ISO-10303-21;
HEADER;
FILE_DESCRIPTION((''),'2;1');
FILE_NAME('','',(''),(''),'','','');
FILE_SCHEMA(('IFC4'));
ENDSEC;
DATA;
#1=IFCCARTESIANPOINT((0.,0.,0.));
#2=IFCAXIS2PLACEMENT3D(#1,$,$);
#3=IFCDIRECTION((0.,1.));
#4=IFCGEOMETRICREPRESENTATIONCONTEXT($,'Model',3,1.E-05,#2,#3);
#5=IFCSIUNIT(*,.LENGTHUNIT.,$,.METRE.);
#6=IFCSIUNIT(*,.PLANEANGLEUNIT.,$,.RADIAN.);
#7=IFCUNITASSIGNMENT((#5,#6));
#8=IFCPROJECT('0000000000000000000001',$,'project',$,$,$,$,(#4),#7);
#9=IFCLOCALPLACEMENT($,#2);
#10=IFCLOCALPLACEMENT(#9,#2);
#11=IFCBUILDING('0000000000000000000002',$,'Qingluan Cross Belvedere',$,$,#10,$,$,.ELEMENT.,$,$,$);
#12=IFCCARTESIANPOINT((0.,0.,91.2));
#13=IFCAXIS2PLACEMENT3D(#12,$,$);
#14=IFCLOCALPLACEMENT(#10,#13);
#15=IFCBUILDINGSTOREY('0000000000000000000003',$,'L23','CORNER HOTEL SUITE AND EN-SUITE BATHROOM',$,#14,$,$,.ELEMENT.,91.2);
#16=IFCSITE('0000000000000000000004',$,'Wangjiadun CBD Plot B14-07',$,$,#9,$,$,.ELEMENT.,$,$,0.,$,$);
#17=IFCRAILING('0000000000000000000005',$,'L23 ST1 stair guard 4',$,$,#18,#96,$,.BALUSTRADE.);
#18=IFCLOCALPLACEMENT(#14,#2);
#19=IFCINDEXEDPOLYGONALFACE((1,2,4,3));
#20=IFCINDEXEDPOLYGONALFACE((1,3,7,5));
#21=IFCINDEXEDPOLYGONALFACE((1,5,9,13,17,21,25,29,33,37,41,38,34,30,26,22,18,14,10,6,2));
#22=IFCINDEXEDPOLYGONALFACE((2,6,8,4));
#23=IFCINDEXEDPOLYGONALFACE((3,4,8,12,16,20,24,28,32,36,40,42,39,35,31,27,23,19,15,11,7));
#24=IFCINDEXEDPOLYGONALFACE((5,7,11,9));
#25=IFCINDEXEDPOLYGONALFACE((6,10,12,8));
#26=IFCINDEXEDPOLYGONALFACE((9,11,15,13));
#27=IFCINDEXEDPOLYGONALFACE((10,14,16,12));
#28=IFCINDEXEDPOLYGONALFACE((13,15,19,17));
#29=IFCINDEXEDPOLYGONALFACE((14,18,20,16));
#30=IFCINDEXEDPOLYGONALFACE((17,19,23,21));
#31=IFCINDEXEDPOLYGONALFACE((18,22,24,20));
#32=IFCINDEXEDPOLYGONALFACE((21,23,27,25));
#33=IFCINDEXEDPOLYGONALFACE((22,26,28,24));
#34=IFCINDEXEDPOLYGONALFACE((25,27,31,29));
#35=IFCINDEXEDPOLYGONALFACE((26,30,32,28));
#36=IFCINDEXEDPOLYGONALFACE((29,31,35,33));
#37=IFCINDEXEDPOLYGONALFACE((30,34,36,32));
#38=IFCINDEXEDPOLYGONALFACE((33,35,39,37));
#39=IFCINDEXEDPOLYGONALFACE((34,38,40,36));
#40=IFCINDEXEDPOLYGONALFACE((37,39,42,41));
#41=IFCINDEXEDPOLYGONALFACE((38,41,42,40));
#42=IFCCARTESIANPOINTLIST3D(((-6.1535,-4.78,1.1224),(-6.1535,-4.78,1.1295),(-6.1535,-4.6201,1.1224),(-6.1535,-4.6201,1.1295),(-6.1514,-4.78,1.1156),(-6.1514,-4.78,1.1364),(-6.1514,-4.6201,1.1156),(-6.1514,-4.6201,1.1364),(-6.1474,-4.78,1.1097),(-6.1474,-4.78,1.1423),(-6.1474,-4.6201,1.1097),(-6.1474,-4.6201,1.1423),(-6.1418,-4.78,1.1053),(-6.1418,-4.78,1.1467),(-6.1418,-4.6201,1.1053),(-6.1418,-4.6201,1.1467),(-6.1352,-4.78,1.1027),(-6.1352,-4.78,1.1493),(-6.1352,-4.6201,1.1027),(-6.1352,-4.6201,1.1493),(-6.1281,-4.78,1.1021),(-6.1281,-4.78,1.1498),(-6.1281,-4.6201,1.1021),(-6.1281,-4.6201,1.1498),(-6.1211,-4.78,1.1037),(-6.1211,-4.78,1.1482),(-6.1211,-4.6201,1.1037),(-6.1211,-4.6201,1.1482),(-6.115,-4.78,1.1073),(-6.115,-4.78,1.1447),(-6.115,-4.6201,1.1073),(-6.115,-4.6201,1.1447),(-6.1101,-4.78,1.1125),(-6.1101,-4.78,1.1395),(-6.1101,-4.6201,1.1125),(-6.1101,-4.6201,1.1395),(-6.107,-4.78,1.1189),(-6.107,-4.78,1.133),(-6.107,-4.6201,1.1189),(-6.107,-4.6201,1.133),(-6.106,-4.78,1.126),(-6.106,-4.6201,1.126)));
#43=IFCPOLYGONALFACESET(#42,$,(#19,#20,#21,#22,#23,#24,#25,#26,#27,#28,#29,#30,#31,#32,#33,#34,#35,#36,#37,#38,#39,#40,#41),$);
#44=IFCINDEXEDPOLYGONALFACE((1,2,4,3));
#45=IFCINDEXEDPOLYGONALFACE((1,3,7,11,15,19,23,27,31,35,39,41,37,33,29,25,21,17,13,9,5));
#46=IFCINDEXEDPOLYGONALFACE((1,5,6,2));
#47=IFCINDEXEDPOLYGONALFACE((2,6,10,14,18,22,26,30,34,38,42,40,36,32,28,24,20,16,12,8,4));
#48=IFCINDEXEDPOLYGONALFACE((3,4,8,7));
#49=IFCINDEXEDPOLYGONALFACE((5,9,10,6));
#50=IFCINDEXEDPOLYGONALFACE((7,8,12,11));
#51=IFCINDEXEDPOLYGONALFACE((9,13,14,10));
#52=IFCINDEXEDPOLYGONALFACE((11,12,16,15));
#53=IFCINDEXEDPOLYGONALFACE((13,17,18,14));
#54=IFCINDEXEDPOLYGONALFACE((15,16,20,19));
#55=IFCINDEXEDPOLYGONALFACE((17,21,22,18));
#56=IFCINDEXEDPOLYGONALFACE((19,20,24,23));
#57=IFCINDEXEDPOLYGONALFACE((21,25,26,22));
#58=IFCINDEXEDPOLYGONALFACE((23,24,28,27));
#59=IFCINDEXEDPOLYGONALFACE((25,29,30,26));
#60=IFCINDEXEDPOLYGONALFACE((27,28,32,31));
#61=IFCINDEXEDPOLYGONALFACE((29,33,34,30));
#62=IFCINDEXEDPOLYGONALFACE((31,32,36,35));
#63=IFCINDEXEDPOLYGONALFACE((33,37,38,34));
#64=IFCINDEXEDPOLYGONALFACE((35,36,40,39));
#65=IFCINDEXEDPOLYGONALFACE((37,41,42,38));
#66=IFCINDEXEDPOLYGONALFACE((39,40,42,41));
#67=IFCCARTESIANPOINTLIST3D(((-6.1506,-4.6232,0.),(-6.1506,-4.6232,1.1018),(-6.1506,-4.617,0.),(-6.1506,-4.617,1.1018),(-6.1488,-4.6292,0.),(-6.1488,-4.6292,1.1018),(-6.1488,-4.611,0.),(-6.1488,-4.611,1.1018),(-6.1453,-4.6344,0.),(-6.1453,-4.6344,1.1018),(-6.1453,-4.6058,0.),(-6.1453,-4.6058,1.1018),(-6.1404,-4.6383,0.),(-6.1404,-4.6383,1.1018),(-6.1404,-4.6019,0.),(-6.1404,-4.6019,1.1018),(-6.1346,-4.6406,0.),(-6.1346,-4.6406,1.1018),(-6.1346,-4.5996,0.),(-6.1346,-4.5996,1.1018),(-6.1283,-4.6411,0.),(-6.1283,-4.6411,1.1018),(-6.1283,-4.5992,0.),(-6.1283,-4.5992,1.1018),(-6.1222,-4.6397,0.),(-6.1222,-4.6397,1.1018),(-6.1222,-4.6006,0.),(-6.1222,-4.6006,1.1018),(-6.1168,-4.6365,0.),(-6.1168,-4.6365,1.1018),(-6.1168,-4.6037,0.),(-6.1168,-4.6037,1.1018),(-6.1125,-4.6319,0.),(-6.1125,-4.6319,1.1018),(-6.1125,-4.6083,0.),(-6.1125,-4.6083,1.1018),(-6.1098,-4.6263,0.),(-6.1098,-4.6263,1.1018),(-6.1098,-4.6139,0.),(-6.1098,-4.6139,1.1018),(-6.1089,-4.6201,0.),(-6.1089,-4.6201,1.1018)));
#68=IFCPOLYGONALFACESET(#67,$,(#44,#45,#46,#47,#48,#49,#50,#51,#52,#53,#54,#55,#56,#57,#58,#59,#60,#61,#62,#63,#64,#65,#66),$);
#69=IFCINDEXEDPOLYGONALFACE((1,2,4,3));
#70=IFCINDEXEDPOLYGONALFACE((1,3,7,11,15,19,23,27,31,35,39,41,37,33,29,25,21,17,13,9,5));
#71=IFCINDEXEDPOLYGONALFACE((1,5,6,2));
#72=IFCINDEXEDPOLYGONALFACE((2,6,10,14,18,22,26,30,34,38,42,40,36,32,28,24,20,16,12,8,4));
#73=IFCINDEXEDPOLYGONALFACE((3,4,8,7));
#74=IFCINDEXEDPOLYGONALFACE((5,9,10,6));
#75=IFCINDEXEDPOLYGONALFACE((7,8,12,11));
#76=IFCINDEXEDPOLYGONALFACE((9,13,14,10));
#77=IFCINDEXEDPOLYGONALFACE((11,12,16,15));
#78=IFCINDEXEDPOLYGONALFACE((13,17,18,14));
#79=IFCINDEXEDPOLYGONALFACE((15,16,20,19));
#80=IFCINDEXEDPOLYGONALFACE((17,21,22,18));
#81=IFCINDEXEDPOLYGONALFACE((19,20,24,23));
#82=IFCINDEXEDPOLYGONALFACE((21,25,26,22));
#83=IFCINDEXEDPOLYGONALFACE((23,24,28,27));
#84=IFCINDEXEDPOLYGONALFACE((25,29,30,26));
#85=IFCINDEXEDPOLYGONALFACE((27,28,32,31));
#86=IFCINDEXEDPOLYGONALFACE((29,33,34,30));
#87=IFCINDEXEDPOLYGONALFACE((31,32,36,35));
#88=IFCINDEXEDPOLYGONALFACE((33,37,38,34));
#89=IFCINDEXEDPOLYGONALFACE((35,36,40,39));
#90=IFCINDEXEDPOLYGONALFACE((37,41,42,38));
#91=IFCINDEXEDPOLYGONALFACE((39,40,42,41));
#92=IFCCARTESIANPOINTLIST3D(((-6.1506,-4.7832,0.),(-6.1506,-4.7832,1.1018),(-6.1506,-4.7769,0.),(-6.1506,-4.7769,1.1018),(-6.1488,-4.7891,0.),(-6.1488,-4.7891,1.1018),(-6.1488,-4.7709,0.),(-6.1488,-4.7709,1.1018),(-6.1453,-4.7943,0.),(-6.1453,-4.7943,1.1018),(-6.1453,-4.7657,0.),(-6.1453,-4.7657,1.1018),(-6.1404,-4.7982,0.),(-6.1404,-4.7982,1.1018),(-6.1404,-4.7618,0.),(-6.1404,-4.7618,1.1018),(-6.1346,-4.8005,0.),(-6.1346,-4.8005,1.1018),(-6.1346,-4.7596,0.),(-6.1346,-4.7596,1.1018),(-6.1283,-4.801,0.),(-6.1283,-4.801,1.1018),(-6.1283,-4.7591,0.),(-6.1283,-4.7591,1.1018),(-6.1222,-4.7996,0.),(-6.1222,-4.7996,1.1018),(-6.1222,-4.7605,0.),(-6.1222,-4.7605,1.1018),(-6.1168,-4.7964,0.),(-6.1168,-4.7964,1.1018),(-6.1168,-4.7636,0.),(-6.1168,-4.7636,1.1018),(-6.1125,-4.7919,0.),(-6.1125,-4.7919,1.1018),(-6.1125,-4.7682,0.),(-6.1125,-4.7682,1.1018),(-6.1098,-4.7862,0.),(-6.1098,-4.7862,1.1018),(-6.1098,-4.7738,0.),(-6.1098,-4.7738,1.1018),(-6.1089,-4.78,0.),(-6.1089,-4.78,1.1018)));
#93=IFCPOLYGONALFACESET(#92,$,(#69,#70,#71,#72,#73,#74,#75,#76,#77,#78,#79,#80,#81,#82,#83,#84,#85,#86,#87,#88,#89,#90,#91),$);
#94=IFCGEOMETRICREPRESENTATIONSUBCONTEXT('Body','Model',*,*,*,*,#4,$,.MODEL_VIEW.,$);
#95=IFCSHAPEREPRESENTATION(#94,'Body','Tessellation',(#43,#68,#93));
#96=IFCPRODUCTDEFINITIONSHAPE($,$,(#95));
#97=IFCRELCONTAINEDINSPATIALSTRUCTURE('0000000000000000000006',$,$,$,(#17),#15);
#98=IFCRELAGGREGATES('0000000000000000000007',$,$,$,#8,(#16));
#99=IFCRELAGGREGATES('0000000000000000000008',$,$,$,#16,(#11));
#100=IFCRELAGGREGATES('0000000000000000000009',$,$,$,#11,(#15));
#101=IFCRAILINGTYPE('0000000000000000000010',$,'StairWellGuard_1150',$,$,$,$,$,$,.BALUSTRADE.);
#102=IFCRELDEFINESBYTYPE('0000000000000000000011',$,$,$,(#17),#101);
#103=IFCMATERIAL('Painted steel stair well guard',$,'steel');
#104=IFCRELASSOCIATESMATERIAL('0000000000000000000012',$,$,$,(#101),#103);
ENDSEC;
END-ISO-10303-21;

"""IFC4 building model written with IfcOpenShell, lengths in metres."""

from ifc_helpers import new_model, si_unit, direction, frame, origin, origin_2d, place, context, subcontext, project, spatial, circle, extrude, material, type_object, element, save


model = new_model("IFC4")

# Units and contexts
model_context = context("Model", 3, precision=1e-05, world=origin(), true_north=direction((0.0, 1.0)))
body_context = subcontext(model_context, "Body", "Model", "MODEL_VIEW")
ifc_project = project(units=[si_unit("LENGTHUNIT", "METRE"), si_unit("PLANEANGLEUNIT", "RADIAN")], contexts=[model_context])

# Site, building, storey
site_placement = place(None, origin())
site = spatial("IfcSite", under=ifc_project, at=site_placement, Name="Wangjiadun CBD Plot B14-07", CompositionType="ELEMENT", RefElevation=0.0)
building_placement = place(site_placement, origin())
building = spatial("IfcBuilding", under=site, at=building_placement, Name="Qingluan Cross Belvedere", CompositionType="ELEMENT")
storey_placement = place(building_placement, frame((0.0, 0.0, 91.2)))
storey = spatial("IfcBuildingStorey", under=building, at=storey_placement, Name="L23", Description="CORNER HOTEL SUITE AND EN-SUITE BATHROOM", CompositionType="ELEMENT", Elevation=91.2)

# Railing
ifc_material_1 = material(Name="Painted steel stair well guard", Category="steel")
railing_type_1 = type_object("IfcRailingType", Name="StairWellGuard_1150", PredefinedType="BALUSTRADE", material=ifc_material_1)
railing_1_placement = place(storey_placement, frame((-6.1299, -4.6201, 0.0)))
element("IfcRailing", 1, at=railing_1_placement, inside=storey, type_object=railing_type_1, Name="L23 ST1 stair guard 4", PredefinedType="BALUSTRADE", context=body_context, shape_type="SweptSolid", body=[
    extrude(circle(Radius=0.0239, at=origin_2d()), frame((0.0, 0.0, 1.126), z_axis=(0.0, -1.0, 0.0), x_axis=(1.0, 0.0, 0.0)), (0.0, 0.0, 1.0), 0.1599),
    extrude(circle(Radius=0.021, at=origin_2d()), origin(), (0.0, 0.0, 1.0), 1.1018),
    extrude(circle(Radius=0.021, at=origin_2d()), frame((0.0, -0.1599, 0.0)), (0.0, 0.0, 1.0), 1.1018),
])

save(model, "model.ifc")
